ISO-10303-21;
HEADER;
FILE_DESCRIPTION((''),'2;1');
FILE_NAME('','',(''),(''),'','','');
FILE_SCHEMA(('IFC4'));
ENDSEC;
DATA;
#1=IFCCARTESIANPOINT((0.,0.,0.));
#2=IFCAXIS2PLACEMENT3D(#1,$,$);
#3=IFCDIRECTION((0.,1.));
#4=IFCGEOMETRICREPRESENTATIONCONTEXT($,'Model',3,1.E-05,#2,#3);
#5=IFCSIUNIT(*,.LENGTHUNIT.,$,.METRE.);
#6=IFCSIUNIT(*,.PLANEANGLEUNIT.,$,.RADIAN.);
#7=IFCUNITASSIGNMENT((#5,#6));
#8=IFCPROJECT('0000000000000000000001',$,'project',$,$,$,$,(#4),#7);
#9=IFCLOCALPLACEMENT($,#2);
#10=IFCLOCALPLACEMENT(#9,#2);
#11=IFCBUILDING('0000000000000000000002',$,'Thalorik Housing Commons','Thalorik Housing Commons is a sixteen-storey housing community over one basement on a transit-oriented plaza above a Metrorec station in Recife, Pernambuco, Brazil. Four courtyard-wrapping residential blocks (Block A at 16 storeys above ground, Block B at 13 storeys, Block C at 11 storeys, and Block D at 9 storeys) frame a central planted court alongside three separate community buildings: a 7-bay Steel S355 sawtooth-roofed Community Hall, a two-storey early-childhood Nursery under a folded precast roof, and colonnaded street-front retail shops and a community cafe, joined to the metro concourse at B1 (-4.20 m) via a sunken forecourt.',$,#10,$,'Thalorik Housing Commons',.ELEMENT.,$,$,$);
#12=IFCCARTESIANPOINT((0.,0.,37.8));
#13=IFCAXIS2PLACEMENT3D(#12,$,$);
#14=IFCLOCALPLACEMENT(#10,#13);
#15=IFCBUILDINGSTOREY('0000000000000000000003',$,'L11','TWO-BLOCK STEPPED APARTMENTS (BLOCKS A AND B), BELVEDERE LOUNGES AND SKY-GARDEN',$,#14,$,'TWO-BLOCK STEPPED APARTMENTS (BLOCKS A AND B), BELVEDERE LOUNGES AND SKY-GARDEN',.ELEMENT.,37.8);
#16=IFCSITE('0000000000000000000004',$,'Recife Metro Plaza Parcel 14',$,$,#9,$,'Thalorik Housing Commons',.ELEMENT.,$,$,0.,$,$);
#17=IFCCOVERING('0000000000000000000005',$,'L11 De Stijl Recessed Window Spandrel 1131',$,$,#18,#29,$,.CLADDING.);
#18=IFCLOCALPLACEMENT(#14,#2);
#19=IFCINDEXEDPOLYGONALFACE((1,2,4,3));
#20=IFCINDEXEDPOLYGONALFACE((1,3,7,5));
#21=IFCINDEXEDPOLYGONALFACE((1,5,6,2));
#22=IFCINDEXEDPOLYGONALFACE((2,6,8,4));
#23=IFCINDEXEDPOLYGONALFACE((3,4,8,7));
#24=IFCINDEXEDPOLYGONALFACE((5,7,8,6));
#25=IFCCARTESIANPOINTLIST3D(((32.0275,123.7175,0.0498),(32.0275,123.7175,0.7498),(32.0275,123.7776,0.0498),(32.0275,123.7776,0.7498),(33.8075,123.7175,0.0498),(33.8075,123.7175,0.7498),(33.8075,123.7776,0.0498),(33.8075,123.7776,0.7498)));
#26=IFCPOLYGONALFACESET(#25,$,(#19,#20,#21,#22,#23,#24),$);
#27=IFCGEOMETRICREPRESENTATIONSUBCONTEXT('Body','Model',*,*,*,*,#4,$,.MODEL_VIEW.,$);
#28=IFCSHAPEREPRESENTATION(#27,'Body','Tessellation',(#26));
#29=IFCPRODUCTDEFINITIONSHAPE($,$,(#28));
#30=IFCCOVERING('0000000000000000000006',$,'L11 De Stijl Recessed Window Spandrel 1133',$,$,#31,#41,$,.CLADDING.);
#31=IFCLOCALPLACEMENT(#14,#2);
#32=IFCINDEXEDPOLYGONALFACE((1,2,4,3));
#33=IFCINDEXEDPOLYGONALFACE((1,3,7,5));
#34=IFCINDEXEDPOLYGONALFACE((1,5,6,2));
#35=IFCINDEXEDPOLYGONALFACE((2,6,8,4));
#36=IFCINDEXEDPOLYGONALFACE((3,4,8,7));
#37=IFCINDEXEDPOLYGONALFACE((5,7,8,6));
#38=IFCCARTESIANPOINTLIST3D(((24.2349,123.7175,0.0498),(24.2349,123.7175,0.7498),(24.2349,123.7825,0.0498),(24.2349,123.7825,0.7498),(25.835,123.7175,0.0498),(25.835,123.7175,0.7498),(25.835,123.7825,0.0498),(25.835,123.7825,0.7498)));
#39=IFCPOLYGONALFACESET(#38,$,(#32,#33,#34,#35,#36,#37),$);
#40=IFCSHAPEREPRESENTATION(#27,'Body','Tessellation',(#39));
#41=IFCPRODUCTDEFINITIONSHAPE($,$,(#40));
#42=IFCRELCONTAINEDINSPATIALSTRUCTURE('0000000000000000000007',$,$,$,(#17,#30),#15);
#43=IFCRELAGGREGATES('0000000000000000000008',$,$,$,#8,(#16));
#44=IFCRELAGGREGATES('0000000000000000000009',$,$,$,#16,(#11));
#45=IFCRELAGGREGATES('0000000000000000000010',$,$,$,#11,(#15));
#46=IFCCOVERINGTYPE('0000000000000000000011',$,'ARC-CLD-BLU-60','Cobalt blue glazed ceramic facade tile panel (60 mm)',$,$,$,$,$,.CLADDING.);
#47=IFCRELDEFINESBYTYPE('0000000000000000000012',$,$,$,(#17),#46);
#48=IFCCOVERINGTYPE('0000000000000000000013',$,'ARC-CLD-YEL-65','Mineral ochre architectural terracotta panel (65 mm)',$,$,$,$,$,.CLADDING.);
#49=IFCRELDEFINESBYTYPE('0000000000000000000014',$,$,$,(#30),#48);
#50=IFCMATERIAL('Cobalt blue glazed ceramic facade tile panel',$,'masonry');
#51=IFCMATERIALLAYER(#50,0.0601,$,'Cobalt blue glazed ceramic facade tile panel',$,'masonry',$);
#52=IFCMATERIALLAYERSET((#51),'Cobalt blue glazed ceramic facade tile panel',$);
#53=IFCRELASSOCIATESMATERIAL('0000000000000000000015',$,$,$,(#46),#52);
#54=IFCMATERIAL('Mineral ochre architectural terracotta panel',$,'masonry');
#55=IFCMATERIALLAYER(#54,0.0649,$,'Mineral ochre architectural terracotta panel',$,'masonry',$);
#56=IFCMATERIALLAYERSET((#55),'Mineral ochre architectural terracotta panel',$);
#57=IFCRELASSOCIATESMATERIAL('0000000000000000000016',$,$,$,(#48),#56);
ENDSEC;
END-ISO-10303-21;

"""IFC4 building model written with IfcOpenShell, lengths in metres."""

from ifc_helpers import new_model, si_unit, direction, frame, origin, origin_2d, place, context, subcontext, project, spatial, rectangle, extrude, material, layer, layer_set, type_object, element, save


model = new_model("IFC4")

# Units and contexts
model_context = context("Model", 3, precision=1e-05, world=origin(), true_north=direction((0.0, 1.0)))
body_context = subcontext(model_context, "Body", "Model", "MODEL_VIEW")
ifc_project = project(units=[si_unit("LENGTHUNIT", "METRE"), si_unit("PLANEANGLEUNIT", "RADIAN")], contexts=[model_context])

# Site, building, storey
site_placement = place(None, origin())
site = spatial("IfcSite", under=ifc_project, at=site_placement, Name="Recife Metro Plaza Parcel 14", LongName="Thalorik Housing Commons", CompositionType="ELEMENT", RefElevation=0.0)
building_placement = place(site_placement, origin())
building = spatial("IfcBuilding", under=site, at=building_placement, Name="Thalorik Housing Commons", Description="Thalorik Housing Commons is a sixteen-storey housing community over one basement on a transit-oriented plaza above a Metrorec station in Recife, Pernambuco, Brazil. Four courtyard-wrapping residential blocks (Block A at 16 storeys above ground, Block B at 13 storeys, Block C at 11 storeys, and Block D at 9 storeys) frame a central planted court alongside three separate community buildings: a 7-bay Steel S355 sawtooth-roofed Community Hall, a two-storey early-childhood Nursery under a folded precast roof, and colonnaded street-front retail shops and a community cafe, joined to the metro concourse at B1 (-4.20 m) via a sunken forecourt.", LongName="Thalorik Housing Commons", CompositionType="ELEMENT")
storey_placement = place(building_placement, frame((0.0, 0.0, 37.8)))
storey = spatial("IfcBuildingStorey", under=building, at=storey_placement, Name="L11", Description="TWO-BLOCK STEPPED APARTMENTS (BLOCKS A AND B), BELVEDERE LOUNGES AND SKY-GARDEN", LongName="TWO-BLOCK STEPPED APARTMENTS (BLOCKS A AND B), BELVEDERE LOUNGES AND SKY-GARDEN", CompositionType="ELEMENT", Elevation=37.8)

# Coverings
ifc_material_1 = material(Name="Cobalt blue glazed ceramic facade tile panel", Category="masonry")
ifc_layer_1 = layer(ifc_material_1, 0.0601, Name="Cobalt blue glazed ceramic facade tile panel", Category="masonry")
ifc_layer_set_1 = layer_set([ifc_layer_1], Name="Cobalt blue glazed ceramic facade tile panel")
covering_type_1 = type_object("IfcCoveringType", Name="ARC-CLD-BLU-60", Description="Cobalt blue glazed ceramic facade tile panel (60 mm)", PredefinedType="CLADDING", material=ifc_layer_set_1)
covering_1_placement = place(storey_placement, frame((32.9175, 123.7476, 0.0498), z_axis=(0.0, 0.0, 1.0), x_axis=(-1.0, 0.0, 0.0)))
element("IfcCovering", 1, at=covering_1_placement, inside=storey, type_object=covering_type_1, Name="L11 De Stijl Recessed Window Spandrel 1131", PredefinedType="CLADDING", context=body_context, shape_type="SweptSolid", body=[
    extrude(rectangle(XDim=1.78, YDim=0.0601, at=origin_2d()), origin(), (0.0, 0.0, 1.0), 0.7),
])
ifc_material_2 = material(Name="Mineral ochre architectural terracotta panel", Category="masonry")
ifc_layer_2 = layer(ifc_material_2, 0.0649, Name="Mineral ochre architectural terracotta panel", Category="masonry")
ifc_layer_set_2 = layer_set([ifc_layer_2], Name="Mineral ochre architectural terracotta panel")
covering_type_2 = type_object("IfcCoveringType", Name="ARC-CLD-YEL-65", Description="Mineral ochre architectural terracotta panel (65 mm)", PredefinedType="CLADDING", material=ifc_layer_set_2)
covering_2_placement = place(storey_placement, frame((25.0349, 123.75, 0.0498), z_axis=(0.0, 0.0, 1.0), x_axis=(-1.0, 0.0, 0.0)))
element("IfcCovering", 2, at=covering_2_placement, inside=storey, type_object=covering_type_2, Name="L11 De Stijl Recessed Window Spandrel 1133", PredefinedType="CLADDING", context=body_context, shape_type="SweptSolid", body=[
    extrude(rectangle(XDim=1.6001, YDim=0.0649, at=origin_2d()), origin(), (0.0, 0.0, 1.0), 0.7),
])

save(model, "model.ifc")
